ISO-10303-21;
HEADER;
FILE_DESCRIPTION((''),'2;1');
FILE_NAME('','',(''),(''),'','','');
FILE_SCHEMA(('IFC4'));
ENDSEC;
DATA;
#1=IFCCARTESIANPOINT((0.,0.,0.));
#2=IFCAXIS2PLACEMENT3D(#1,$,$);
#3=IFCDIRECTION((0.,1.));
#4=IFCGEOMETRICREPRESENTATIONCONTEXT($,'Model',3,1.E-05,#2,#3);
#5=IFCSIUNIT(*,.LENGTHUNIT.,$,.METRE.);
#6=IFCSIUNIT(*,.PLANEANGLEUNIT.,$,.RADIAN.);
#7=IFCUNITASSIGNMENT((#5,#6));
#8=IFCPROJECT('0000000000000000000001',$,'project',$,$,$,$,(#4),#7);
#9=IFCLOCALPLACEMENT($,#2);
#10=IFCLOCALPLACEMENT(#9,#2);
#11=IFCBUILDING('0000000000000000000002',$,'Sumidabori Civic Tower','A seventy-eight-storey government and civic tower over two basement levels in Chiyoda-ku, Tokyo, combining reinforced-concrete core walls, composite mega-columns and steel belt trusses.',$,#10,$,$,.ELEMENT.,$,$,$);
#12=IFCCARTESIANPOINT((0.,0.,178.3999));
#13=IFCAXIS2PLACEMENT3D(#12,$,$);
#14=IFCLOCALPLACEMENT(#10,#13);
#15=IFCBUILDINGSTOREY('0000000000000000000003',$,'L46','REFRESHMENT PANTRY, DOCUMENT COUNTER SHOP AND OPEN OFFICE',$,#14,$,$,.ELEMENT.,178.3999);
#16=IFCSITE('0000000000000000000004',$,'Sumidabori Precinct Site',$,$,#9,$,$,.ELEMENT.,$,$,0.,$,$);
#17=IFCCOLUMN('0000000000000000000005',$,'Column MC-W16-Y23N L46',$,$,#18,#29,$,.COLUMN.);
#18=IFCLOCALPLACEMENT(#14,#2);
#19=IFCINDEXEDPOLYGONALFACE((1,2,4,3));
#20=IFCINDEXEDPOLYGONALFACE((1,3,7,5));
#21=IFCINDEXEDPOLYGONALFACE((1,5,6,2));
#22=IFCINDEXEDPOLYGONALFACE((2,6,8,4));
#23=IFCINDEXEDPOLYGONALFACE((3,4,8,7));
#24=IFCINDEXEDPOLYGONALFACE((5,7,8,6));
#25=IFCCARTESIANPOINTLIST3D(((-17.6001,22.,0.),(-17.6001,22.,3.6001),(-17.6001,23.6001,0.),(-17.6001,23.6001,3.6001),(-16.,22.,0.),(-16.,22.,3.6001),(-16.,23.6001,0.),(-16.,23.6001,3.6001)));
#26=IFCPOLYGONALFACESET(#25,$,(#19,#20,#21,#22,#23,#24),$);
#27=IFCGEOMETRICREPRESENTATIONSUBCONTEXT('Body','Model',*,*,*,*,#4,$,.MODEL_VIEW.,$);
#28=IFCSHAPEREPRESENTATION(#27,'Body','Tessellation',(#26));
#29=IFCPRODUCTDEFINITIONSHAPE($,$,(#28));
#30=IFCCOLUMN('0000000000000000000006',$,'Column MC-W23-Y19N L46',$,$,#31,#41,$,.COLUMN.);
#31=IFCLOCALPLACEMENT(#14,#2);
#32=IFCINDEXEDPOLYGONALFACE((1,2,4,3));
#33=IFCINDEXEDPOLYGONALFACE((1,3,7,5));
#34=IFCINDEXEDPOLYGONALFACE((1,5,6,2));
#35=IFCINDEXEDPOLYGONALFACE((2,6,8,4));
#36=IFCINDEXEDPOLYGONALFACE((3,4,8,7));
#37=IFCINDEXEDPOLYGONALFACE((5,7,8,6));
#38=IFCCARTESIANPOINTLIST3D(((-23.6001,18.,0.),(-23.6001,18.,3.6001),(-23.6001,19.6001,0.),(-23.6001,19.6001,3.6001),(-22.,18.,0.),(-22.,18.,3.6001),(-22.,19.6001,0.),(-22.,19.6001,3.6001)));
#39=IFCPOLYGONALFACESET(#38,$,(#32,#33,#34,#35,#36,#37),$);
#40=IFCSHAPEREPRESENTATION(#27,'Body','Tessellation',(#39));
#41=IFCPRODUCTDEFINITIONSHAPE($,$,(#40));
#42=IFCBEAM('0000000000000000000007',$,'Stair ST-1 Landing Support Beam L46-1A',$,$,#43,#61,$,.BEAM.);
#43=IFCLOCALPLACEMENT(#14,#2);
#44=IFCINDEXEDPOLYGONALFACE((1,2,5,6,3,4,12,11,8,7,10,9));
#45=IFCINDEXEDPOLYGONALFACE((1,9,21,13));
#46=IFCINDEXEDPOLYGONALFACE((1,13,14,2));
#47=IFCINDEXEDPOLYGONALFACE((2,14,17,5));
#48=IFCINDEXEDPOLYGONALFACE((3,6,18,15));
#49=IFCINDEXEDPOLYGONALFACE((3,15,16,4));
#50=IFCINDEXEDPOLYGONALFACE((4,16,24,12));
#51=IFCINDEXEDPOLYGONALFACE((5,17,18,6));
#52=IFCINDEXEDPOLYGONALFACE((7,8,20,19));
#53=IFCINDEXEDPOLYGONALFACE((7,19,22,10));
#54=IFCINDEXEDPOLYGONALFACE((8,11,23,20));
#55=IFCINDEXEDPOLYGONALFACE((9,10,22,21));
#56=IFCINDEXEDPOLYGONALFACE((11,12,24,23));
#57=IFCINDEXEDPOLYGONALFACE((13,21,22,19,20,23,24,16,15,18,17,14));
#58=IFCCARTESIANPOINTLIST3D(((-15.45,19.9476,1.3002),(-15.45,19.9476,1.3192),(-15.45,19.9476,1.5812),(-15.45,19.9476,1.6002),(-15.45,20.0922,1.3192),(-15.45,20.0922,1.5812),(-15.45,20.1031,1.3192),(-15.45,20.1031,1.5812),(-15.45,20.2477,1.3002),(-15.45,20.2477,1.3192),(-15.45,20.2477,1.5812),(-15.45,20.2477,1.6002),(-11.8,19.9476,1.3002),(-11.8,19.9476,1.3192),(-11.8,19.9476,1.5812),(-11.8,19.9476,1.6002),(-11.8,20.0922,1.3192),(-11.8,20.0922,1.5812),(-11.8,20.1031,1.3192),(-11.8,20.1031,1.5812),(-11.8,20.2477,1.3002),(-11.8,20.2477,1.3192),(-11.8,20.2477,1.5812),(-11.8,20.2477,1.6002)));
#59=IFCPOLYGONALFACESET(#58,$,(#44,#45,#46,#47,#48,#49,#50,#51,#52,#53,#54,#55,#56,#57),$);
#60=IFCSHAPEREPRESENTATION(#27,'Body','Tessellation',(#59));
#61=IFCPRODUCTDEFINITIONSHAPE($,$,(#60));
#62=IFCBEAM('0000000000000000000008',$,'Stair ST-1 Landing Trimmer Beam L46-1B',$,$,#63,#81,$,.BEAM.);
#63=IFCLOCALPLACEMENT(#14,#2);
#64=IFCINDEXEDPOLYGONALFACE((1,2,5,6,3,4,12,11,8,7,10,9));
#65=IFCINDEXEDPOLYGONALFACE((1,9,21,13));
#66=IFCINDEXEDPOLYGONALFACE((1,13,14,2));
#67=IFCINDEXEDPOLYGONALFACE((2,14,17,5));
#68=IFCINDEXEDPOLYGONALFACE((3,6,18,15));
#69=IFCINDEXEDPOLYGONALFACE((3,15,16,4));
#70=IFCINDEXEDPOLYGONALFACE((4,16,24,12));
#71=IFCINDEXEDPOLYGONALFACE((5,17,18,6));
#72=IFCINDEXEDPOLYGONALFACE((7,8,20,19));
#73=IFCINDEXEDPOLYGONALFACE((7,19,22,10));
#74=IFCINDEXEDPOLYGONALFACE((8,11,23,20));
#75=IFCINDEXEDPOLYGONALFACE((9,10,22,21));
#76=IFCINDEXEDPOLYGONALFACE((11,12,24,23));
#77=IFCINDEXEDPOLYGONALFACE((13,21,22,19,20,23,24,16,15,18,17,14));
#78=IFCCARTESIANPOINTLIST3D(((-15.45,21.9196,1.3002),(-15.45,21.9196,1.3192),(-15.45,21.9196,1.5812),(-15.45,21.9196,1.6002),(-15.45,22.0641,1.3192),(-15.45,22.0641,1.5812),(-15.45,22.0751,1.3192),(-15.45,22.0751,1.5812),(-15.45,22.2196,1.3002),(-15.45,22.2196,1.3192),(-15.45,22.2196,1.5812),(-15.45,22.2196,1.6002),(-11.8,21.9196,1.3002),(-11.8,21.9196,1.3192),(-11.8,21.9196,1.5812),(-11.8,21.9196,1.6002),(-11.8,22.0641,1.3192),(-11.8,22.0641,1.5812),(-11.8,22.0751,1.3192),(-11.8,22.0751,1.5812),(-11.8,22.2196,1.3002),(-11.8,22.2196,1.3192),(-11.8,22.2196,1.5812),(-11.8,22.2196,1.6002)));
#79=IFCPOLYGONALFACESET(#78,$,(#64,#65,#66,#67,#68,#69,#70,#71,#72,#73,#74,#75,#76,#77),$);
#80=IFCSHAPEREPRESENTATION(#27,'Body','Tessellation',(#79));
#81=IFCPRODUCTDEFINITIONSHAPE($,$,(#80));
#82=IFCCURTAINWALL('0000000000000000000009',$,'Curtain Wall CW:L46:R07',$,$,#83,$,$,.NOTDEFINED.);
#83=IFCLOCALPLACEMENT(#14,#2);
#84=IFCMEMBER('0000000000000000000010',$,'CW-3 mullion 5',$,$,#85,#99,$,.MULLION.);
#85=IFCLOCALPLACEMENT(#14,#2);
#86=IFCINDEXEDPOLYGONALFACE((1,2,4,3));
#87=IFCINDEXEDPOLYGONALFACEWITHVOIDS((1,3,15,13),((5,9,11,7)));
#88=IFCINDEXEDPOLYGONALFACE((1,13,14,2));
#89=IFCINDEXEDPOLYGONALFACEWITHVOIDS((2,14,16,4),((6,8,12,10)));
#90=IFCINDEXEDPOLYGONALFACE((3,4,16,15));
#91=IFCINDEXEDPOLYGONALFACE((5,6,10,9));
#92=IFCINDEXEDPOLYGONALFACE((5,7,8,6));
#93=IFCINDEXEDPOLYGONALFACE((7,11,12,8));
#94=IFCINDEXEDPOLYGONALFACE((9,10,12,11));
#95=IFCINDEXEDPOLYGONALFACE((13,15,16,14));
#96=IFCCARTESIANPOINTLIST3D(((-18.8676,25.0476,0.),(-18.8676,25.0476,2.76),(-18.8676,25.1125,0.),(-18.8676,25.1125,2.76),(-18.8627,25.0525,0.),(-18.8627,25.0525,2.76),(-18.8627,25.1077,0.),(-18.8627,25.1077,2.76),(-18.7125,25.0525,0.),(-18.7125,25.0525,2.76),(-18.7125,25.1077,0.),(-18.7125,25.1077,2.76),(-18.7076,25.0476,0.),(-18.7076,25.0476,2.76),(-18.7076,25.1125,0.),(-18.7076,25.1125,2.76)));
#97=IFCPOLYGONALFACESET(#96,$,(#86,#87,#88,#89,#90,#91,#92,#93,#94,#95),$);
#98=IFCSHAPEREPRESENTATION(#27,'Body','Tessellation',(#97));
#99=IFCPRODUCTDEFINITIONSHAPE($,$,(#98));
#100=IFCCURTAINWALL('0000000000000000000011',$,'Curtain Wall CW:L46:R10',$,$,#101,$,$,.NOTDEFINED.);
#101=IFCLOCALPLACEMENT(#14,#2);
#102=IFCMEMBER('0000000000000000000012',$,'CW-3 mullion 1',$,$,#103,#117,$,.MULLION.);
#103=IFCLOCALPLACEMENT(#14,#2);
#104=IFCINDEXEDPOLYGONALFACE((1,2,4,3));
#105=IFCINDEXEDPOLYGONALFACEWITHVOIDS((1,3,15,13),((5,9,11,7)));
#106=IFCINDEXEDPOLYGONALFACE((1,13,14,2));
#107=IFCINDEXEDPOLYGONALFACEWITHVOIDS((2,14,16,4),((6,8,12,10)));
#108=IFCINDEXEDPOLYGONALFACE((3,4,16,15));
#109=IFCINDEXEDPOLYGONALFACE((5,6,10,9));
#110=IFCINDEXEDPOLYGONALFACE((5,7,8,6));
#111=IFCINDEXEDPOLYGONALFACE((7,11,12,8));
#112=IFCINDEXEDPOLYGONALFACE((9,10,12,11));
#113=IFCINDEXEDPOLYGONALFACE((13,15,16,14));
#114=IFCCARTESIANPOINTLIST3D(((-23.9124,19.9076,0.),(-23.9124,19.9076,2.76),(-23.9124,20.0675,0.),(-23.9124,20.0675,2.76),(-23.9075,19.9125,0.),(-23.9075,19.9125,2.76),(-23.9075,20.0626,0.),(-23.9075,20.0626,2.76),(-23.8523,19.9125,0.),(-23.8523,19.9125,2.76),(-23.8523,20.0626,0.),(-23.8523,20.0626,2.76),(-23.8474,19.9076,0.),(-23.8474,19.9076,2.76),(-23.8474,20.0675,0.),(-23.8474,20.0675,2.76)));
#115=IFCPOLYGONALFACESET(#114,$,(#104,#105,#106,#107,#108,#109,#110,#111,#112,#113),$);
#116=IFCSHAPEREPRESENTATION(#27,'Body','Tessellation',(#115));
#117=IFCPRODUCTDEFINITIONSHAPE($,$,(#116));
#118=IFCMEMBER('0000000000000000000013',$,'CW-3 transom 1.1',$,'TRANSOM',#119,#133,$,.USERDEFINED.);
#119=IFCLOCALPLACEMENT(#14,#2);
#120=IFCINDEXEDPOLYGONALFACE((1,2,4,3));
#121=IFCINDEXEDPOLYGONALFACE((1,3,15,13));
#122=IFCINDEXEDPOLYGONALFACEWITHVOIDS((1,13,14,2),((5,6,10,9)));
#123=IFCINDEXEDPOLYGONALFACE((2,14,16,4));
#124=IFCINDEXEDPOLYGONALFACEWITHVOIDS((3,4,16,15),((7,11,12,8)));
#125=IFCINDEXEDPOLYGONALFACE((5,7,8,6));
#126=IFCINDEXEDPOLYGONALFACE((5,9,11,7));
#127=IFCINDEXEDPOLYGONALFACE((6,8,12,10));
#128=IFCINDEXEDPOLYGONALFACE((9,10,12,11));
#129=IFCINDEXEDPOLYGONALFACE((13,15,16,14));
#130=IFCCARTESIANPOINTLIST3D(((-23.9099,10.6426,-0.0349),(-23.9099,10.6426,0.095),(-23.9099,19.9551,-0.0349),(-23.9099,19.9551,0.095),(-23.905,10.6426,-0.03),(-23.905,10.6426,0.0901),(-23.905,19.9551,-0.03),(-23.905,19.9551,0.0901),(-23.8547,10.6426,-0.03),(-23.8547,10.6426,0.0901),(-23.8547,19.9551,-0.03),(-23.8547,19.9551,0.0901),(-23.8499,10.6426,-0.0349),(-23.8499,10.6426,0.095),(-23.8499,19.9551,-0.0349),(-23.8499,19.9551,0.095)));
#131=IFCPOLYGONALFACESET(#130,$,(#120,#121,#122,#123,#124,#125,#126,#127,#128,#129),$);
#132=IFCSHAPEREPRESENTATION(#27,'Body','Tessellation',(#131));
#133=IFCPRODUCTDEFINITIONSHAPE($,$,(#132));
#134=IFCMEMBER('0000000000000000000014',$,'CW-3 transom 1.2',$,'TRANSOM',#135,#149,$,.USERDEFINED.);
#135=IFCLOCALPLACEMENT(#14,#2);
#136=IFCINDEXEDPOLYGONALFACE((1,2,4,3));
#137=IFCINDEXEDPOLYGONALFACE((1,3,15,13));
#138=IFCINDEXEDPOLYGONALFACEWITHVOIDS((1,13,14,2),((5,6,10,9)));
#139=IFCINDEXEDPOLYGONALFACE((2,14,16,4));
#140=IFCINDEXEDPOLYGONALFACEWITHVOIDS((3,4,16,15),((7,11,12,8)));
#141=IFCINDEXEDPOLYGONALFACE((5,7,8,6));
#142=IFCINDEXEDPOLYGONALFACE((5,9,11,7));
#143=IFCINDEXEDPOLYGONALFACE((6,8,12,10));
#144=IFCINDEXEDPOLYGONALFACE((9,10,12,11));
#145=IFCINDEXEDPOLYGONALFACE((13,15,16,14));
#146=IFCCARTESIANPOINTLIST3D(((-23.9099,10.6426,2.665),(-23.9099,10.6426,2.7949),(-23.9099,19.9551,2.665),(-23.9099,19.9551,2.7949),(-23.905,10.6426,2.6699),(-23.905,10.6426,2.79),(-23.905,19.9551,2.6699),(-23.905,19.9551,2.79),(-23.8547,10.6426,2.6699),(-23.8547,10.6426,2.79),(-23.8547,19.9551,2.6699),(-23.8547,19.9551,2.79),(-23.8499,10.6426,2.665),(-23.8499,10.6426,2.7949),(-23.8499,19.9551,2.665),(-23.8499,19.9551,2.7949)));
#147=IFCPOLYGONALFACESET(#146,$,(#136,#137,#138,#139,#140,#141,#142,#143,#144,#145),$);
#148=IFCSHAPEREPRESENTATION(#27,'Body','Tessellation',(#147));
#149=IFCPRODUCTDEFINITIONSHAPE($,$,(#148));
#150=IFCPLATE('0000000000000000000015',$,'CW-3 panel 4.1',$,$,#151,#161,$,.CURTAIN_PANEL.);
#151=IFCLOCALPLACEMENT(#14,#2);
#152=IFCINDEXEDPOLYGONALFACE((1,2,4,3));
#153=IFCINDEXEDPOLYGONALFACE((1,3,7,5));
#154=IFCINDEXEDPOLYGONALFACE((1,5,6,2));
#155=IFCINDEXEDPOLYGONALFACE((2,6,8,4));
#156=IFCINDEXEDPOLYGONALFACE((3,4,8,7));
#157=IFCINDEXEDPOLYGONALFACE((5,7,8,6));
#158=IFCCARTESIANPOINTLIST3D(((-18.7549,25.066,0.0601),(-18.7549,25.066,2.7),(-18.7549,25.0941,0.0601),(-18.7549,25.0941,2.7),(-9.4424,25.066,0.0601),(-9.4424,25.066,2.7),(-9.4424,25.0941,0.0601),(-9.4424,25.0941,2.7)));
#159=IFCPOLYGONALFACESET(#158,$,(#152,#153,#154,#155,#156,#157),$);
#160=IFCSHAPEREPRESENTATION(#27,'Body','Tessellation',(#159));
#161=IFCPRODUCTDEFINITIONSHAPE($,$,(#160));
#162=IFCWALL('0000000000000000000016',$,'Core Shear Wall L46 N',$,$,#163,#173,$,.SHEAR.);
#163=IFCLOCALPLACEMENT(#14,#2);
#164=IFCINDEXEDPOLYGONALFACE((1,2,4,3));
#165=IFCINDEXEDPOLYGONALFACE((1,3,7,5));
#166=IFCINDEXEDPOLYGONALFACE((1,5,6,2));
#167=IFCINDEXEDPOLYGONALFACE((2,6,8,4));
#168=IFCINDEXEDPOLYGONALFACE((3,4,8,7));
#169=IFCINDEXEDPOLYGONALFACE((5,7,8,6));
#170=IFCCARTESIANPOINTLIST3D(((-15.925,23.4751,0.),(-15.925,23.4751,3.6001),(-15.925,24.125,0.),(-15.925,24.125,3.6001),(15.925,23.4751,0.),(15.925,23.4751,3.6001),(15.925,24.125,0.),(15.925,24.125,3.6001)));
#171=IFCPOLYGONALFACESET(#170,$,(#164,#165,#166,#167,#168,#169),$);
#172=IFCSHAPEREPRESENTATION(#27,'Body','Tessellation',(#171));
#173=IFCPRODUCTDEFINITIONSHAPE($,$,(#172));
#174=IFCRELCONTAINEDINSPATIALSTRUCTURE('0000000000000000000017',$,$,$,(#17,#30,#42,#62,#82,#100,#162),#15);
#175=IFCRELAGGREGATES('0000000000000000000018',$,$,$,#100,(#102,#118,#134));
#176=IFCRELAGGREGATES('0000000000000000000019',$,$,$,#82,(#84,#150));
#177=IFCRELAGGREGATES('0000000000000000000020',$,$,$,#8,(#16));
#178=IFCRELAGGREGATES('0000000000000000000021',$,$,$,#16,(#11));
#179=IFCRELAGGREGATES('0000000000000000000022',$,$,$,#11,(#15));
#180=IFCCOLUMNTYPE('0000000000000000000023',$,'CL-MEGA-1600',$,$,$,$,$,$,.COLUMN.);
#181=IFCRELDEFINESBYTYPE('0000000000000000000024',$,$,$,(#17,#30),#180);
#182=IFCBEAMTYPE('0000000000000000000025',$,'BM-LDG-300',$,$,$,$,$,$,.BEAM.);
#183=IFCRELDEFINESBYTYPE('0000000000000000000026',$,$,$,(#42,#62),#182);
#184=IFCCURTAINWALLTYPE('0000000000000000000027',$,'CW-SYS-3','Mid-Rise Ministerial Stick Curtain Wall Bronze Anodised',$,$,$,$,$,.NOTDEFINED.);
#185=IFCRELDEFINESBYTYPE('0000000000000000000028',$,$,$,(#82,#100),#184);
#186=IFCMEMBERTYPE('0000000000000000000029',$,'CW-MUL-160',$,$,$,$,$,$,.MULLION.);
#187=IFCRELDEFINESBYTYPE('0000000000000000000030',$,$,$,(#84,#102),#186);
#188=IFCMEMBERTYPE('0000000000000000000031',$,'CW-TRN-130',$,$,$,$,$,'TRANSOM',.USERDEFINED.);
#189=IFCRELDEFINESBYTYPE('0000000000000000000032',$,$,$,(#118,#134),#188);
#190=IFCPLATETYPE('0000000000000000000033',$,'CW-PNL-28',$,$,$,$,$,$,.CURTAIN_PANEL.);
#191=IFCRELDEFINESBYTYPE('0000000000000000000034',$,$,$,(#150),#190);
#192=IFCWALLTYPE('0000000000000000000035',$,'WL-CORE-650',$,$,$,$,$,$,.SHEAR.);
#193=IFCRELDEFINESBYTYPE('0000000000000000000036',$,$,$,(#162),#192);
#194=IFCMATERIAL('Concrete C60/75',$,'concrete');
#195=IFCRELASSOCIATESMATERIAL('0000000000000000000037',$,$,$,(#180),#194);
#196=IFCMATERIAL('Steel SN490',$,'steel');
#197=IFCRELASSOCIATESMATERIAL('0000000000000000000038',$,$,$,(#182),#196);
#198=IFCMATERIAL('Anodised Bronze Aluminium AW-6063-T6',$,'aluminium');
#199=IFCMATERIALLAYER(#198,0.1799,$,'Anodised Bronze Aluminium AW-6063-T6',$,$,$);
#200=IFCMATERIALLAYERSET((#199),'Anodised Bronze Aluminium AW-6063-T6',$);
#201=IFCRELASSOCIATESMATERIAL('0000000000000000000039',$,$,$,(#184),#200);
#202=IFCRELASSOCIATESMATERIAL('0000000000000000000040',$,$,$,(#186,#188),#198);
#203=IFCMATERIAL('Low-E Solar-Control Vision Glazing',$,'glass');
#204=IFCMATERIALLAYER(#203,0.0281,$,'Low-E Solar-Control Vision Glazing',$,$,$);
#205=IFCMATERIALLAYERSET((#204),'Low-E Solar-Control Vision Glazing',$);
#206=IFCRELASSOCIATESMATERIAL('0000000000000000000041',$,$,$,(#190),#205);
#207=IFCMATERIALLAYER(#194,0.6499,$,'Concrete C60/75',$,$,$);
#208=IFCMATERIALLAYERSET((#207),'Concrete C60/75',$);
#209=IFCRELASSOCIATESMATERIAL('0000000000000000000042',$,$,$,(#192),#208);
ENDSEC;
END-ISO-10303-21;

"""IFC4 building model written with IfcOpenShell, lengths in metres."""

from ifc_helpers import new_model, si_unit, direction, frame, frame_2d, origin, origin_2d, place, context, subcontext, project, spatial, rectangle, hollow_rectangle, i_section, extrude, source, transform, mapped, material, layer, layer_set, material_profile, profile_set, type_object, element, aggregate, save


model = new_model("IFC4")

# Units and contexts
model_context = context("Model", 3, precision=1e-05, world=origin(), true_north=direction((0.0, 1.0)))
body_context = subcontext(model_context, "Body", "Model", "MODEL_VIEW")
ifc_project = project(units=[si_unit("LENGTHUNIT", "METRE"), si_unit("PLANEANGLEUNIT", "RADIAN")], contexts=[model_context])

# Site, building, storey
site_placement = place(None, origin())
site = spatial("IfcSite", under=ifc_project, at=site_placement, Name="Sumidabori Precinct Site", CompositionType="ELEMENT", RefElevation=0.0)
building_placement = place(site_placement, origin())
building = spatial("IfcBuilding", under=site, at=building_placement, Name="Sumidabori Civic Tower", Description="A seventy-eight-storey government and civic tower over two basement levels in Chiyoda-ku, Tokyo, combining reinforced-concrete core walls, composite mega-columns and steel belt trusses.", CompositionType="ELEMENT")
storey_placement = place(building_placement, frame((0.0, 0.0, 178.3999)))
storey = spatial("IfcBuildingStorey", under=building, at=storey_placement, Name="L46", Description="REFRESHMENT PANTRY, DOCUMENT COUNTER SHOP AND OPEN OFFICE", CompositionType="ELEMENT", Elevation=178.3999)

# Columns
ifc_material_1 = material(Name="Concrete C60/75", Category="concrete")
ifc_material_profile_1 = material_profile(ifc_material_1, rectangle(XDim=1.6001, YDim=1.6001, at=origin_2d()), Name="RC 1600x1600")
ifc_profile_set_1 = profile_set([ifc_material_profile_1], Name="Concrete C60/75")
column_type = type_object("IfcColumnType", Name="CL-MEGA-1600", PredefinedType="COLUMN", material=ifc_profile_set_1)
shared_shape_1 = source(origin(), body_context, "Body", "SweptSolid", [
    extrude(rectangle(XDim=1.6001, YDim=1.6001, at=origin_2d()), origin(), (0.0, 0.0, 1.0), 3.6001),
])
for number, where, z_axis, x_axis, name in (
    (1, (-16.8, 22.8, 0.0), (0.0, 0.0, 1.0), (1.0, 0.0, 0.0), "Column MC-W16-Y23N L46"),
    (2, (-22.8, 18.8, 0.0), (0.0, 0.0, 1.0), (1.0, 0.0, 0.0), "Column MC-W23-Y19N L46"),
):
    element("IfcColumn", number, at=place(storey_placement, frame(where, z_axis=z_axis, x_axis=x_axis)), inside=storey, type_object=column_type, Name=name, PredefinedType="COLUMN", context=body_context, shape_type="MappedRepresentation", body=[
        mapped(shared_shape_1, transform((0.0, 0.0, 0.0), x_axis=(1.0, 0.0, 0.0), y_axis=(0.0, 1.0, 0.0), z_axis=(0.0, 0.0, 1.0), scale=1.0)),
    ])

# Beams
ifc_material_2 = material(Name="Steel SN490", Category="steel")
ifc_material_profile_2 = material_profile(ifc_material_2, i_section(OverallWidth=0.3, OverallDepth=0.3, WebThickness=0.011, FlangeThickness=0.019, at=origin_2d()), Name="HE 300 B")
ifc_profile_set_2 = profile_set([ifc_material_profile_2], Name="Steel SN490")
beam_type = type_object("IfcBeamType", Name="BM-LDG-300", PredefinedType="BEAM", material=ifc_profile_set_2)
shared_shape_2 = source(origin(), body_context, "Body", "SweptSolid", [
    extrude(i_section(OverallWidth=0.3, OverallDepth=0.3, WebThickness=0.011, FlangeThickness=0.019, at=origin_2d()), origin(), (0.0, 0.0, 1.0), 3.6499),
])
for number, where, z_axis, x_axis, name in (
    (3, (-15.45, 20.0977, 1.4502), (1.0, 0.0, 0.0), (0.0, 1.0, 0.0), "Stair ST-1 Landing Support Beam L46-1A"),
    (4, (-15.45, 22.0696, 1.4502), (1.0, 0.0, 0.0), (0.0, 1.0, 0.0), "Stair ST-1 Landing Trimmer Beam L46-1B"),
):
    element("IfcBeam", number, at=place(storey_placement, frame(where, z_axis=z_axis, x_axis=x_axis)), inside=storey, type_object=beam_type, Name=name, PredefinedType="BEAM", context=body_context, shape_type="MappedRepresentation", body=[
        mapped(shared_shape_2, transform((0.0, 0.0, 0.0), x_axis=(1.0, 0.0, 0.0), y_axis=(0.0, 1.0, 0.0), z_axis=(0.0, 0.0, 1.0), scale=1.0)),
    ])

# Curtain wall, member
ifc_material_3 = material(Name="Anodised Bronze Aluminium AW-6063-T6", Category="aluminium")
ifc_layer_1 = layer(ifc_material_3, 0.1799, Name="Anodised Bronze Aluminium AW-6063-T6")
ifc_layer_set_1 = layer_set([ifc_layer_1], Name="Anodised Bronze Aluminium AW-6063-T6")
curtain_wall_type = type_object("IfcCurtainWallType", Name="CW-SYS-3", Description="Mid-Rise Ministerial Stick Curtain Wall Bronze Anodised", PredefinedType="NOTDEFINED", material=ifc_layer_set_1)
curtain_wall_1_placement = place(storey_placement, origin())
curtain_wall_1 = element("IfcCurtainWall", 5, at=curtain_wall_1_placement, inside=storey, type_object=curtain_wall_type, Name="Curtain Wall CW:L46:R07", PredefinedType="NOTDEFINED")
ifc_material_profile_3 = material_profile(ifc_material_3, hollow_rectangle(XDim=0.0649, YDim=0.1599, WallThickness=0.0049, at=origin_2d()), Name="ALU MULLION 160x65")
ifc_profile_set_3 = profile_set([ifc_material_profile_3], Name="Anodised Bronze Aluminium AW-6063-T6")
member_type_1 = type_object("IfcMemberType", Name="CW-MUL-160", PredefinedType="MULLION", material=ifc_profile_set_3)
shared_shape_3 = source(origin(), body_context, "Body", "SweptSolid", [
    extrude(hollow_rectangle(XDim=0.0649, YDim=0.1599, WallThickness=0.0049, at=origin_2d()), origin(), (0.0, 0.0, 1.0), 2.76),
])
member_1_placement = place(storey_placement, frame((-18.7876, 25.0801, 0.0), z_axis=(0.0, 0.0, 1.0), x_axis=(0.0, -1.0, 0.0)))
member_1 = element("IfcMember", 6, at=member_1_placement, type_object=member_type_1, Name="CW-3 mullion 5", PredefinedType="MULLION", context=body_context, shape_type="MappedRepresentation", body=[
    mapped(shared_shape_3, transform((0.0, 0.0, 0.0), x_axis=(1.0, 0.0, 0.0), y_axis=(0.0, 1.0, 0.0), z_axis=(0.0, 0.0, 1.0), scale=1.0)),
])

# Curtain wall, members
curtain_wall_2_placement = place(storey_placement, origin())
curtain_wall_2 = element("IfcCurtainWall", 7, at=curtain_wall_2_placement, inside=storey, type_object=curtain_wall_type, Name="Curtain Wall CW:L46:R10", PredefinedType="NOTDEFINED")
member_2_placement = place(storey_placement, frame((-23.8799, 19.9875, 0.0), z_axis=(0.0, 0.0, 1.0), x_axis=(1.0, 0.0, 0.0)))
member_2 = element("IfcMember", 8, at=member_2_placement, type_object=member_type_1, Name="CW-3 mullion 1", PredefinedType="MULLION", context=body_context, shape_type="MappedRepresentation", body=[
    mapped(shared_shape_3, transform((0.0, 0.0, 0.0), x_axis=(1.0, 0.0, 0.0), y_axis=(0.0, 1.0, 0.0), z_axis=(0.0, 0.0, 1.0), scale=1.0)),
])
ifc_material_profile_4 = material_profile(ifc_material_3, hollow_rectangle(XDim=0.0601, YDim=0.1299, WallThickness=0.0049, at=origin_2d()), Name="ALU TRANSOM 130x60")
ifc_profile_set_4 = profile_set([ifc_material_profile_4], Name="Anodised Bronze Aluminium AW-6063-T6")
member_type_2 = type_object("IfcMemberType", Name="CW-TRN-130", ElementType="TRANSOM", PredefinedType="USERDEFINED", material=ifc_profile_set_4)
shared_shape_4 = source(origin(), body_context, "Body", "SweptSolid", [
    extrude(hollow_rectangle(XDim=0.0601, YDim=0.1299, WallThickness=0.0049, at=origin_2d()), origin(), (0.0, 0.0, 1.0), 9.3125),
])
member_3_placement = place(storey_placement, frame((-23.8799, 19.9551, 0.03), z_axis=(0.0, -1.0, 0.0), x_axis=(1.0, 0.0, 0.0)))
member_3 = element("IfcMember", 9, at=member_3_placement, type_object=member_type_2, Name="CW-3 transom 1.1", ObjectType="TRANSOM", PredefinedType="USERDEFINED", context=body_context, shape_type="MappedRepresentation", body=[
    mapped(shared_shape_4, transform((0.0, 0.0, 0.0), x_axis=(1.0, 0.0, 0.0), y_axis=(0.0, 1.0, 0.0), z_axis=(0.0, 0.0, 1.0), scale=1.0)),
])
member_4_placement = place(storey_placement, frame((-23.8799, 19.9551, 2.73), z_axis=(0.0, -1.0, 0.0), x_axis=(1.0, 0.0, 0.0)))
member_4 = element("IfcMember", 10, at=member_4_placement, type_object=member_type_2, Name="CW-3 transom 1.2", ObjectType="TRANSOM", PredefinedType="USERDEFINED", context=body_context, shape_type="MappedRepresentation", body=[
    mapped(shared_shape_4, transform((0.0, 0.0, 0.0), x_axis=(1.0, 0.0, 0.0), y_axis=(0.0, 1.0, 0.0), z_axis=(0.0, 0.0, 1.0), scale=1.0)),
])
aggregate(curtain_wall_2, [member_2, member_3, member_4])

# Plate
ifc_material_4 = material(Name="Low-E Solar-Control Vision Glazing", Category="glass")
ifc_layer_2 = layer(ifc_material_4, 0.0281, Name="Low-E Solar-Control Vision Glazing")
ifc_layer_set_2 = layer_set([ifc_layer_2], Name="Low-E Solar-Control Vision Glazing")
plate_type = type_object("IfcPlateType", Name="CW-PNL-28", PredefinedType="CURTAIN_PANEL", material=ifc_layer_set_2)
shared_shape_5 = source(origin(), body_context, "Body", "SweptSolid", [
    extrude(rectangle(XDim=9.3125, YDim=0.0281, at=origin_2d()), origin(), (0.0, 0.0, 1.0), 2.6399),
])
plate_placement = place(storey_placement, frame((-14.0986, 25.0801, 0.0601), z_axis=(0.0, 0.0, 1.0), x_axis=(-1.0, 0.0, 0.0)))
plate = element("IfcPlate", 11, at=plate_placement, type_object=plate_type, Name="CW-3 panel 4.1", PredefinedType="CURTAIN_PANEL", context=body_context, shape_type="MappedRepresentation", body=[
    mapped(shared_shape_5, transform((0.0, 0.0, 0.0), x_axis=(1.0, 0.0, 0.0), y_axis=(0.0, 1.0, 0.0), z_axis=(0.0, 0.0, 1.0), scale=1.0)),
])
aggregate(curtain_wall_1, [member_1, plate])

# Wall
ifc_layer_3 = layer(ifc_material_1, 0.6499, Name="Concrete C60/75")
ifc_layer_set_3 = layer_set([ifc_layer_3], Name="Concrete C60/75")
wall_type_1 = type_object("IfcWallType", Name="WL-CORE-650", PredefinedType="SHEAR", material=ifc_layer_set_3)
shared_shape_6 = source(origin(), body_context, "Body", "SweptSolid", [
    extrude(rectangle(XDim=31.8501, YDim=0.6499, at=frame_2d((15.925, 0.0))), origin(), (0.0, 0.0, 1.0), 3.6001),
])
wall_placement = place(storey_placement, frame((-15.925, 23.8, 0.0), z_axis=(0.0, 0.0, 1.0), x_axis=(1.0, 0.0, 0.0)))
element("IfcWall", 12, at=wall_placement, inside=storey, type_object=wall_type_1, Name="Core Shear Wall L46 N", PredefinedType="SHEAR", context=body_context, shape_type="MappedRepresentation", body=[
    mapped(shared_shape_6, transform((0.0, 0.0, 0.0), x_axis=(1.0, 0.0, 0.0), y_axis=(0.0, 1.0, 0.0), z_axis=(0.0, 0.0, 1.0), scale=1.0)),
])

save(model, "model.ifc")
